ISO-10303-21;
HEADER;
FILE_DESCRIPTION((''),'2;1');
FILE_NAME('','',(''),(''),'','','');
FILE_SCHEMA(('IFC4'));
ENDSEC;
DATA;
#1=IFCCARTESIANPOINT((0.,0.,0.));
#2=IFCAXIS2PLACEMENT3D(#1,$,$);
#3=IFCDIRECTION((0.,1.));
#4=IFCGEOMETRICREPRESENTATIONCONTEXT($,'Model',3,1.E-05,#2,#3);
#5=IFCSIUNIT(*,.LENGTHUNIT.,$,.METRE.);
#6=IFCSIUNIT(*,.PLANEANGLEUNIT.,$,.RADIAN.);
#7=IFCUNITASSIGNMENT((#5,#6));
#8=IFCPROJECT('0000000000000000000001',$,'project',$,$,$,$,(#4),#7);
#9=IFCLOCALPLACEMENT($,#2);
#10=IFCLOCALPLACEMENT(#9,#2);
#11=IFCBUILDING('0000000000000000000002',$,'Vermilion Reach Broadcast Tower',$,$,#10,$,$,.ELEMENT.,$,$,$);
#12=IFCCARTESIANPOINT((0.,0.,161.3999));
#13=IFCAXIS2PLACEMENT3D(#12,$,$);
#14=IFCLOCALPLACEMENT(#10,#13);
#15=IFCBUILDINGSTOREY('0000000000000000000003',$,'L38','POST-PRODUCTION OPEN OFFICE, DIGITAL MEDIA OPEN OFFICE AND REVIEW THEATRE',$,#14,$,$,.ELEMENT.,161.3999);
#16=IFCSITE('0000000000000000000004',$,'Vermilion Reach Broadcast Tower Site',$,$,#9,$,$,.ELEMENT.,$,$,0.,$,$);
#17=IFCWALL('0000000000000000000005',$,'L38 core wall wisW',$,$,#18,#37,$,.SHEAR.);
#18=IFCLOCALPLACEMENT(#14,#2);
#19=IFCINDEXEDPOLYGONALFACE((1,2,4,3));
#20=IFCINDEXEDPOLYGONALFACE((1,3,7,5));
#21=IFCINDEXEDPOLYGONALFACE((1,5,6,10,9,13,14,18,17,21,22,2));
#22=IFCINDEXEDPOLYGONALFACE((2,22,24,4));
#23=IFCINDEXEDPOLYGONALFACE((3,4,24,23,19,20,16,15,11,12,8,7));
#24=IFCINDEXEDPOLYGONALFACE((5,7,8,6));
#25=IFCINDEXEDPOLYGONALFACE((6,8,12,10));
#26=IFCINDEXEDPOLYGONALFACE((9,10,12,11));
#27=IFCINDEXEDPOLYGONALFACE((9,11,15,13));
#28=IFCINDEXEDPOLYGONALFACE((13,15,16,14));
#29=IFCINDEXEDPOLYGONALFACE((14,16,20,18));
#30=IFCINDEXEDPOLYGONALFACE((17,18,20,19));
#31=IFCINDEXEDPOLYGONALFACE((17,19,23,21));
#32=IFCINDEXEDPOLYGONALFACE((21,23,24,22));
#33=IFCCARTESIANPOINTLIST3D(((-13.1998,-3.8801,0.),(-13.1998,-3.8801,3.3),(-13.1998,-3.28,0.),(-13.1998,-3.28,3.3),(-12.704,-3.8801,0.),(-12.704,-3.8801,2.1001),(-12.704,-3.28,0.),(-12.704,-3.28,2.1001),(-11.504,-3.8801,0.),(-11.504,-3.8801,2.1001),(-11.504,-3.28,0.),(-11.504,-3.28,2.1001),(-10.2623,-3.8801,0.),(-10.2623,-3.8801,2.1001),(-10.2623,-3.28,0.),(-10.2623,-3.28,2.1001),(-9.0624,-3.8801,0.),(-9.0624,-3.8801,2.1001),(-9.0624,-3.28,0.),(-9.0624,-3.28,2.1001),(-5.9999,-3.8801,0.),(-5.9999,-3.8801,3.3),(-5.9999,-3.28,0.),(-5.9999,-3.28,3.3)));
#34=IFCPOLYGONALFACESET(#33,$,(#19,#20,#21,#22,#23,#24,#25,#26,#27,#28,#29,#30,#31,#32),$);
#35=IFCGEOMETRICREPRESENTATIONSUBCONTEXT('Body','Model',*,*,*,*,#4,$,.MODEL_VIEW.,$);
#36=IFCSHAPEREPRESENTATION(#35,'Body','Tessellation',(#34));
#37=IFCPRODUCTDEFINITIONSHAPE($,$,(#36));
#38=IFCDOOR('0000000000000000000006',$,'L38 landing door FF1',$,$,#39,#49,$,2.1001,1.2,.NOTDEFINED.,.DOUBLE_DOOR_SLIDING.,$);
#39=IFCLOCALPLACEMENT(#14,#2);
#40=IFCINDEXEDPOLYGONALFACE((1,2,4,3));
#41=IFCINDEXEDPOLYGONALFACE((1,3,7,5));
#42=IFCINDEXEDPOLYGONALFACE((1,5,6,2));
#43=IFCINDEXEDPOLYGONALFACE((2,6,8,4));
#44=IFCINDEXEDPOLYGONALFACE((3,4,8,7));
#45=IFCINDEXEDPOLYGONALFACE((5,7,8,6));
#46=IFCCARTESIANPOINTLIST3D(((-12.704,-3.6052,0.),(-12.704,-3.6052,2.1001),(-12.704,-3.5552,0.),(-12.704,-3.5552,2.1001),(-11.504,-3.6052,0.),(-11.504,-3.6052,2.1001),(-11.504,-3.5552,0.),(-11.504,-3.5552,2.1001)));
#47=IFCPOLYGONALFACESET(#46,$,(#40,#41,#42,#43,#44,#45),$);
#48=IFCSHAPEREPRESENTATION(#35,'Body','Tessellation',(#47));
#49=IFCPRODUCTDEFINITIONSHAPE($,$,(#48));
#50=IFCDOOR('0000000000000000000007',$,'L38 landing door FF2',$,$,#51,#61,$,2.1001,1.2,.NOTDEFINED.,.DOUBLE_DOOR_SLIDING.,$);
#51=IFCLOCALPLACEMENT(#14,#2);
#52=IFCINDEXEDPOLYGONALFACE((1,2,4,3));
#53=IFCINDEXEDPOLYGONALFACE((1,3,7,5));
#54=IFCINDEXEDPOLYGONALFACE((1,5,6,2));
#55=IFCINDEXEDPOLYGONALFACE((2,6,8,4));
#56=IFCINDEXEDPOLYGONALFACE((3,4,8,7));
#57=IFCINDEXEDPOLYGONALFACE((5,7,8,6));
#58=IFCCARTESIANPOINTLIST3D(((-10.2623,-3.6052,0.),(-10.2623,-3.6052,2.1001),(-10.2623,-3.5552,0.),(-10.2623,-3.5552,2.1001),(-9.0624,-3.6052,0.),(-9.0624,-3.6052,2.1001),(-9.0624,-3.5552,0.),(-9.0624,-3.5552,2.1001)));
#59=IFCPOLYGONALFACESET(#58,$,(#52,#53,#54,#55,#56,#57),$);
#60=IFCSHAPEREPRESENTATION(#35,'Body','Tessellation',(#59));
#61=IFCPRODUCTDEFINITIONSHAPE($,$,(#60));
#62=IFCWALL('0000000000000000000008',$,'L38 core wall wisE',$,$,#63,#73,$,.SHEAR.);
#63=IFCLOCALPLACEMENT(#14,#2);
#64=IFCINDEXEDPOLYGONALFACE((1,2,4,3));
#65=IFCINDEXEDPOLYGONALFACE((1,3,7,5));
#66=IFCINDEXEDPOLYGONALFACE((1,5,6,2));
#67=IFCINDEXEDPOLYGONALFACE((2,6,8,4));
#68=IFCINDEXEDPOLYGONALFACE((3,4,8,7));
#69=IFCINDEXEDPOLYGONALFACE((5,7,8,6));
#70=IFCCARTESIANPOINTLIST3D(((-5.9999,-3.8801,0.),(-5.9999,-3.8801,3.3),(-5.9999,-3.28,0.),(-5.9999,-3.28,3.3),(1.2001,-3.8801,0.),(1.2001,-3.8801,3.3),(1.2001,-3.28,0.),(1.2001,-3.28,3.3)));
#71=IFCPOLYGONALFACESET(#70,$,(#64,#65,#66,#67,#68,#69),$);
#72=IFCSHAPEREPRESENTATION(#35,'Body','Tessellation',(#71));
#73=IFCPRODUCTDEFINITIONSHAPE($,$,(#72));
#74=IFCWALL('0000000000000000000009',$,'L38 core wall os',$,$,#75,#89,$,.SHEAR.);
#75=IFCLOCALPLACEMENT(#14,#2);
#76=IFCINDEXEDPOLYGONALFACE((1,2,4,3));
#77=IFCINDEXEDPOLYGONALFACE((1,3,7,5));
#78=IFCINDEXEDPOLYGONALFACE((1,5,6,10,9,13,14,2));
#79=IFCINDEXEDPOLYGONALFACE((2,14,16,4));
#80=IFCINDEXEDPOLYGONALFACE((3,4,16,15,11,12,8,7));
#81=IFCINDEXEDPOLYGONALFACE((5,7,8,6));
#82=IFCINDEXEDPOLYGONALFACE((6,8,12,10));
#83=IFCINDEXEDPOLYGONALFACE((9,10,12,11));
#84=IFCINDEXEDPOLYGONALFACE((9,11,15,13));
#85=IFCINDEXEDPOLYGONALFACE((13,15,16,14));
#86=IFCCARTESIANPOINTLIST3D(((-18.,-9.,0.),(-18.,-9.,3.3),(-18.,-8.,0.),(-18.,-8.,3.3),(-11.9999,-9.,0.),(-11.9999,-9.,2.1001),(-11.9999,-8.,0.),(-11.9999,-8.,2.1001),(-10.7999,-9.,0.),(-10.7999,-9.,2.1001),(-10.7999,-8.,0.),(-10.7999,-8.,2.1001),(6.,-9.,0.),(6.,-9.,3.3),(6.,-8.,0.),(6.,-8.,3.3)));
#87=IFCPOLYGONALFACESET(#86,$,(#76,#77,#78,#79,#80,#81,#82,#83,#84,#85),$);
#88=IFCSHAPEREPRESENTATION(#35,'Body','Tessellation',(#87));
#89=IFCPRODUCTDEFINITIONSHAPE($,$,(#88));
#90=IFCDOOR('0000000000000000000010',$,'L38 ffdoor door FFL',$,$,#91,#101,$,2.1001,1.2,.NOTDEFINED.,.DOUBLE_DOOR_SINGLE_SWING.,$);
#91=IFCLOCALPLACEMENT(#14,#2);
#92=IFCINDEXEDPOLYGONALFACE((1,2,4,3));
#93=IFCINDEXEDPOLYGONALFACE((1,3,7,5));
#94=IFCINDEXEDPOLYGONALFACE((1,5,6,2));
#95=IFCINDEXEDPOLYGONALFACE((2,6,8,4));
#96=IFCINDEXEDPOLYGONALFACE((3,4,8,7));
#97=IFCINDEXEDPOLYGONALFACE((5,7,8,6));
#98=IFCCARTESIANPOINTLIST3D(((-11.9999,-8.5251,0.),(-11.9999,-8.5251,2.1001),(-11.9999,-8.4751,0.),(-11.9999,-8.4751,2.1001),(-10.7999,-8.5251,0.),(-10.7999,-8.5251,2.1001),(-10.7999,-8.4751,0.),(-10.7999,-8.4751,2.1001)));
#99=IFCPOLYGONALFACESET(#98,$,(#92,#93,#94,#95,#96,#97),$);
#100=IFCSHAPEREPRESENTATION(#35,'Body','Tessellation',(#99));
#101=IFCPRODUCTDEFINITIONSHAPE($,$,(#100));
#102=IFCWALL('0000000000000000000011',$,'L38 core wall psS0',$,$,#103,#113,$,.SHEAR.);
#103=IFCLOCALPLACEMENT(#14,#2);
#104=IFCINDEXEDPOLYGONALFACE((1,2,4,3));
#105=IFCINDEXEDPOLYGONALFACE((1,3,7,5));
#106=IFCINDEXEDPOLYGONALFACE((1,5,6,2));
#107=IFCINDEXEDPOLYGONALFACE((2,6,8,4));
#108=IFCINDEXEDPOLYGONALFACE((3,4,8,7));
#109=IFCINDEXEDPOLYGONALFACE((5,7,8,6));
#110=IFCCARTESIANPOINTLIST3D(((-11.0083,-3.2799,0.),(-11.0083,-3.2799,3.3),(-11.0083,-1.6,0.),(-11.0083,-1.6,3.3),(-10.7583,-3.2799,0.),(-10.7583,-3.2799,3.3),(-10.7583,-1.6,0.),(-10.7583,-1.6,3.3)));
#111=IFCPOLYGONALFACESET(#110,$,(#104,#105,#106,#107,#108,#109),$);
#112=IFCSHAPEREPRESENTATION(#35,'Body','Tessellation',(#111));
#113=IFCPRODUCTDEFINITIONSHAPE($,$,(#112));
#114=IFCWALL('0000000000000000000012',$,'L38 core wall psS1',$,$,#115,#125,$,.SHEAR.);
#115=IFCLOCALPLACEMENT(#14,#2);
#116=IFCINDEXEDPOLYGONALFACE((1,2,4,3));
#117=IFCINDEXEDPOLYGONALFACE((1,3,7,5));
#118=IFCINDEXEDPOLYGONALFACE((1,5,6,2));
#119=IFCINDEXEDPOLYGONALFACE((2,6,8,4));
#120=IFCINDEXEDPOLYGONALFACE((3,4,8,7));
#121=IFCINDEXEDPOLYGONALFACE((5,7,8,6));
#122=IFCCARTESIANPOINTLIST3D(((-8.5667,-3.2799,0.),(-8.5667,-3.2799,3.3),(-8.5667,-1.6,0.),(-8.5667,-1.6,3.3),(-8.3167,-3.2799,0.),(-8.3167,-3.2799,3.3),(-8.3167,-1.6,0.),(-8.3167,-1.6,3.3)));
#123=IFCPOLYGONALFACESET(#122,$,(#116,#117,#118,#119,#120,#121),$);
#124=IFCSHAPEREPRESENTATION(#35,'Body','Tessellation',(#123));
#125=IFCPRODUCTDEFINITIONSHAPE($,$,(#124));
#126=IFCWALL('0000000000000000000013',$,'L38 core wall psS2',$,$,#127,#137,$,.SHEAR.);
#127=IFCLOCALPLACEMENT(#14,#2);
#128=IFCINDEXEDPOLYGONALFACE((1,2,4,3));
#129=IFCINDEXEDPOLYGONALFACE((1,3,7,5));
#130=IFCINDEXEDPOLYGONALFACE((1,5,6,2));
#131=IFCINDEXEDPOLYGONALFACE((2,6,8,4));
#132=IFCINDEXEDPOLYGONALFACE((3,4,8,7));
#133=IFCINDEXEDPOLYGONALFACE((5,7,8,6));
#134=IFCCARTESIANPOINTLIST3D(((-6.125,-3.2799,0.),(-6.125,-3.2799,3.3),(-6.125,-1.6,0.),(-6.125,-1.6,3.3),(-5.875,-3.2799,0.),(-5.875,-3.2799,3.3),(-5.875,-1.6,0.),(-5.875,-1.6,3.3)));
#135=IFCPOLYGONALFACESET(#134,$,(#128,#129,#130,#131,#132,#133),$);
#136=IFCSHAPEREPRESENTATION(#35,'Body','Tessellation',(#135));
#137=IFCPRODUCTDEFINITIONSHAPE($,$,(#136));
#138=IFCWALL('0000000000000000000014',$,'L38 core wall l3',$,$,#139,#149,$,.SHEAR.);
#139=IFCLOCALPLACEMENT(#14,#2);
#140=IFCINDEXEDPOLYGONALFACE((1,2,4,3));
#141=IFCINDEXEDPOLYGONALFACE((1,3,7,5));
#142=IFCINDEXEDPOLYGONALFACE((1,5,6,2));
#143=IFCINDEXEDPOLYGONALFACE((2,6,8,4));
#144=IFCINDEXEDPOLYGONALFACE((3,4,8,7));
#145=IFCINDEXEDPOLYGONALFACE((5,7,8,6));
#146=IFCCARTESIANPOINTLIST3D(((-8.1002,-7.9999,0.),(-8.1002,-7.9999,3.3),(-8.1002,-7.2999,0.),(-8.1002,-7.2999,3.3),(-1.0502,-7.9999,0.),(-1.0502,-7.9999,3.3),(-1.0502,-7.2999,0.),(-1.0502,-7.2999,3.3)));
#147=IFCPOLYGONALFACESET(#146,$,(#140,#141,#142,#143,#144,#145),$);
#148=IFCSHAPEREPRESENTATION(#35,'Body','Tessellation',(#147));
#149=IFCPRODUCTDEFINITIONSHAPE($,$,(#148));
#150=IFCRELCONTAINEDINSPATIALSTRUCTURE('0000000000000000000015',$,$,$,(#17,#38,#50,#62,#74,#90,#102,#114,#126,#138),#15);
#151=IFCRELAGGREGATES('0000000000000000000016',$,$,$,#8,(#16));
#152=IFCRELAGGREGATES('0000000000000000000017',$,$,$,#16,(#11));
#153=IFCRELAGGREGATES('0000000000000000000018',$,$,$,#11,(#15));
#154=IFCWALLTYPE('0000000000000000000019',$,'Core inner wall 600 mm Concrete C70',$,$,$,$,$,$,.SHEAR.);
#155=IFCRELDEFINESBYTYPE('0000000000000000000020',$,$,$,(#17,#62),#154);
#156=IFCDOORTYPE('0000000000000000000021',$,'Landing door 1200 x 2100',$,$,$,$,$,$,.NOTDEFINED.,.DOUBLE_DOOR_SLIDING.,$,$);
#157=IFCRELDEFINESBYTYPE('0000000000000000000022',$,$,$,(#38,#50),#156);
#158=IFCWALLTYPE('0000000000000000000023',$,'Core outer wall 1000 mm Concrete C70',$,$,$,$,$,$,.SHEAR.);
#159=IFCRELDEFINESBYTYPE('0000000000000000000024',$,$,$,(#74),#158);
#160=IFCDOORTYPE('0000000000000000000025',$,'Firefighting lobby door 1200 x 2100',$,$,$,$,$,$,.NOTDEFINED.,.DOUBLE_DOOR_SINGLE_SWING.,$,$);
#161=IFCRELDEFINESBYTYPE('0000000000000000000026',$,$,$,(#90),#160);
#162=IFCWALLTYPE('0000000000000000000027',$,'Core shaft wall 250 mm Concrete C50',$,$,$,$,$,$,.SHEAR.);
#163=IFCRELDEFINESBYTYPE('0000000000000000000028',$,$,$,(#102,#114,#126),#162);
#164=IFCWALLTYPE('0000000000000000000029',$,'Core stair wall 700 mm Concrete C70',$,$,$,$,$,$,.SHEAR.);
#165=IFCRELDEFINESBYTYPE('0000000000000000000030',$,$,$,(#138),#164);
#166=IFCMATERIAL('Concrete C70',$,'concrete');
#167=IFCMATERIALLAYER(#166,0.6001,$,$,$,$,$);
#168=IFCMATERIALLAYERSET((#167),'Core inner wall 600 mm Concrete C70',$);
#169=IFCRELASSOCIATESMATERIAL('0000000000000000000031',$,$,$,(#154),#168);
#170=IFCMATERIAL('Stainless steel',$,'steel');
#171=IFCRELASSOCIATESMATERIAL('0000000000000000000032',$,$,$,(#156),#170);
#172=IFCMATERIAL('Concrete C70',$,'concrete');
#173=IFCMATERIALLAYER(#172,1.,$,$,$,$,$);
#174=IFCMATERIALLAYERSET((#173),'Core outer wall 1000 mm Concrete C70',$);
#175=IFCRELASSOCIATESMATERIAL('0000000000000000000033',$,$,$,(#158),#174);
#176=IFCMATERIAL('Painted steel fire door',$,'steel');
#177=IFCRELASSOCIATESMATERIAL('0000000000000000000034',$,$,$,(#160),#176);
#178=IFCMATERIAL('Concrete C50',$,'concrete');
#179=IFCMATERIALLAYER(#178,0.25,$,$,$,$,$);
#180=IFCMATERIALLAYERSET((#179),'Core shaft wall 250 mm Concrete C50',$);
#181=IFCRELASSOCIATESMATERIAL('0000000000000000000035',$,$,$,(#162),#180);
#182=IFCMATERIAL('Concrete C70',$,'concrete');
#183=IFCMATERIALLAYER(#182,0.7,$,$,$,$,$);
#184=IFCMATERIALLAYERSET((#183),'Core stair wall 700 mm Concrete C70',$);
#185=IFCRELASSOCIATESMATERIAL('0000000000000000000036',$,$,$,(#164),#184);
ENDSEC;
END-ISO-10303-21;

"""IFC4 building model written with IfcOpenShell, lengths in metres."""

from ifc_helpers import new_model, si_unit, direction, frame, frame_2d, origin, place, context, subcontext, project, spatial, rectangle, extrude, material, layer, layer_set, type_object, element, fill, save


model = new_model("IFC4")

# Units and contexts
model_context = context("Model", 3, precision=1e-05, world=origin(), true_north=direction((0.0, 1.0)))
body_context = subcontext(model_context, "Body", "Model", "MODEL_VIEW")
ifc_project = project(units=[si_unit("LENGTHUNIT", "METRE"), si_unit("PLANEANGLEUNIT", "RADIAN")], contexts=[model_context])

# Site, building, storey
site_placement = place(None, origin())
site = spatial("IfcSite", under=ifc_project, at=site_placement, Name="Vermilion Reach Broadcast Tower Site", CompositionType="ELEMENT", RefElevation=0.0)
building_placement = place(site_placement, origin())
building = spatial("IfcBuilding", under=site, at=building_placement, Name="Vermilion Reach Broadcast Tower", CompositionType="ELEMENT")
storey_placement = place(building_placement, frame((0.0, 0.0, 161.3999)))
storey = spatial("IfcBuildingStorey", under=building, at=storey_placement, Name="L38", Description="POST-PRODUCTION OPEN OFFICE, DIGITAL MEDIA OPEN OFFICE AND REVIEW THEATRE", CompositionType="ELEMENT", Elevation=161.3999)

# Wall, openings, doors
ifc_material_1 = material(Name="Concrete C70", Category="concrete")
ifc_layer_1 = layer(ifc_material_1, 0.6001)
ifc_layer_set_1 = layer_set([ifc_layer_1], Name="Core inner wall 600 mm Concrete C70")
wall_type_1 = type_object("IfcWallType", Name="Core inner wall 600 mm Concrete C70", PredefinedType="SHEAR", material=ifc_layer_set_1)
wall_1_placement = place(storey_placement, frame((-13.2, -3.5801, 0.0), z_axis=(0.0, 0.0, 1.0), x_axis=(1.0, 0.0, 0.0)))
wall_1 = element("IfcWall", 1, at=wall_1_placement, inside=storey, type_object=wall_type_1, Name="L38 core wall wisW", PredefinedType="SHEAR", context=body_context, shape_type="SweptSolid", body=[
    extrude(rectangle(XDim=7.2, YDim=0.6001, at=frame_2d((3.6001, 0.0))), origin(), (0.0, 0.0, 1.0), 3.3),
])
opening_1_placement = place(wall_1_placement, frame((0.4958, 0.0, 0.0)))
opening_1 = element("IfcOpeningElement", 2, at=opening_1_placement, cuts=wall_1, PredefinedType="OPENING", context=body_context, shape_type="SweptSolid", body=[
    extrude(rectangle(XDim=1.2, YDim=2.1001, at=frame_2d((0.6001, 1.05))), frame((0.0, 0.3101, 0.0), z_axis=(0.0, -1.0, 0.0), x_axis=(1.0, 0.0, 0.0)), (0.0, 0.0, 1.0), 0.6201),
])
opening_2_placement = place(wall_1_placement, frame((2.9375, 0.0, 0.0)))
opening_2 = element("IfcOpeningElement", 3, at=opening_2_placement, cuts=wall_1, PredefinedType="OPENING", context=body_context, shape_type="SweptSolid", body=[
    extrude(rectangle(XDim=1.2, YDim=2.1001, at=frame_2d((0.6001, 1.05))), frame((0.0, 0.3101, 0.0), z_axis=(0.0, -1.0, 0.0), x_axis=(1.0, 0.0, 0.0)), (0.0, 0.0, 1.0), 0.6201),
])
ifc_material_2 = material(Name="Stainless steel", Category="steel")
door_type_1 = type_object("IfcDoorType", Name="Landing door 1200 x 2100", OperationType="DOUBLE_DOOR_SLIDING", PredefinedType="NOTDEFINED", material=ifc_material_2)
door_1_placement = place(opening_1_placement, origin())
door_1 = element("IfcDoor", 4, at=door_1_placement, inside=storey, type_object=door_type_1, Name="L38 landing door FF1", OperationType="DOUBLE_DOOR_SLIDING", OverallHeight=2.1001, OverallWidth=1.2, PredefinedType="NOTDEFINED", context=body_context, shape_type="SweptSolid", body=[
    extrude(rectangle(XDim=1.2, YDim=2.1001, at=frame_2d((0.6001, 1.05))), frame((0.0, 0.0249, 0.0), z_axis=(0.0, -1.0, 0.0), x_axis=(1.0, 0.0, 0.0)), (0.0, 0.0, 1.0), 0.05),
])
fill(opening_1, door_1)
door_2_placement = place(opening_2_placement, origin())
door_2 = element("IfcDoor", 5, at=door_2_placement, inside=storey, type_object=door_type_1, Name="L38 landing door FF2", OperationType="DOUBLE_DOOR_SLIDING", OverallHeight=2.1001, OverallWidth=1.2, PredefinedType="NOTDEFINED", context=body_context, shape_type="SweptSolid", body=[
    extrude(rectangle(XDim=1.2, YDim=2.1001, at=frame_2d((0.6001, 1.05))), frame((0.0, 0.0249, 0.0), z_axis=(0.0, -1.0, 0.0), x_axis=(1.0, 0.0, 0.0)), (0.0, 0.0, 1.0), 0.05),
])
fill(opening_2, door_2)

# Wall
wall_2_placement = place(storey_placement, frame((-6.0, -3.5801, 0.0), z_axis=(0.0, 0.0, 1.0), x_axis=(1.0, 0.0, 0.0)))
element("IfcWall", 6, at=wall_2_placement, inside=storey, type_object=wall_type_1, Name="L38 core wall wisE", PredefinedType="SHEAR", context=body_context, shape_type="SweptSolid", body=[
    extrude(rectangle(XDim=7.2, YDim=0.6001, at=frame_2d((3.6001, 0.0))), origin(), (0.0, 0.0, 1.0), 3.3),
])

# Wall, opening, door
ifc_material_3 = material(Name="Concrete C70", Category="concrete")
ifc_layer_2 = layer(ifc_material_3, 1.0)
ifc_layer_set_2 = layer_set([ifc_layer_2], Name="Core outer wall 1000 mm Concrete C70")
wall_type_2 = type_object("IfcWallType", Name="Core outer wall 1000 mm Concrete C70", PredefinedType="SHEAR", material=ifc_layer_set_2)
wall_3_placement = place(storey_placement, frame((-18.0, -8.5, 0.0), z_axis=(0.0, 0.0, 1.0), x_axis=(1.0, 0.0, 0.0)))
wall_3 = element("IfcWall", 7, at=wall_3_placement, inside=storey, type_object=wall_type_2, Name="L38 core wall os", PredefinedType="SHEAR", context=body_context, shape_type="SweptSolid", body=[
    extrude(rectangle(XDim=24.0, YDim=1.0, at=frame_2d((12.0, 0.0))), origin(), (0.0, 0.0, 1.0), 3.3),
])
opening_3_placement = place(wall_3_placement, frame((6.0, 0.0, 0.0)))
opening_3 = element("IfcOpeningElement", 8, at=opening_3_placement, cuts=wall_3, PredefinedType="OPENING", context=body_context, shape_type="SweptSolid", body=[
    extrude(rectangle(XDim=1.2, YDim=2.1001, at=frame_2d((0.6001, 1.05))), frame((0.0, 0.51, 0.0), z_axis=(0.0, -1.0, 0.0), x_axis=(1.0, 0.0, 0.0)), (0.0, 0.0, 1.0), 1.02),
])
ifc_material_4 = material(Name="Painted steel fire door", Category="steel")
door_type_2 = type_object("IfcDoorType", Name="Firefighting lobby door 1200 x 2100", OperationType="DOUBLE_DOOR_SINGLE_SWING", PredefinedType="NOTDEFINED", material=ifc_material_4)
door_3_placement = place(opening_3_placement, origin())
door_3 = element("IfcDoor", 9, at=door_3_placement, inside=storey, type_object=door_type_2, Name="L38 ffdoor door FFL", OperationType="DOUBLE_DOOR_SINGLE_SWING", OverallHeight=2.1001, OverallWidth=1.2, PredefinedType="NOTDEFINED", context=body_context, shape_type="SweptSolid", body=[
    extrude(rectangle(XDim=1.2, YDim=2.1001, at=frame_2d((0.6001, 1.05))), frame((0.0, 0.0249, 0.0), z_axis=(0.0, -1.0, 0.0), x_axis=(1.0, 0.0, 0.0)), (0.0, 0.0, 1.0), 0.05),
])
fill(opening_3, door_3)

# Walls
ifc_material_5 = material(Name="Concrete C50", Category="concrete")
ifc_layer_3 = layer(ifc_material_5, 0.25)
ifc_layer_set_3 = layer_set([ifc_layer_3], Name="Core shaft wall 250 mm Concrete C50")
wall_type_3 = type_object("IfcWallType", Name="Core shaft wall 250 mm Concrete C50", PredefinedType="SHEAR", material=ifc_layer_set_3)
for number, where, z_axis, x_axis, name in (
    (10, (-10.8833, -1.6001, 0.0), (0.0, 0.0, 1.0), (0.0, -1.0, 0.0), "L38 core wall psS0"),
    (11, (-8.4417, -1.6001, 0.0), (0.0, 0.0, 1.0), (0.0, -1.0, 0.0), "L38 core wall psS1"),
    (12, (-6.0, -1.6001, 0.0), (0.0, 0.0, 1.0), (0.0, -1.0, 0.0), "L38 core wall psS2"),
):
    element("IfcWall", number, at=place(storey_placement, frame(where, z_axis=z_axis, x_axis=x_axis)), inside=storey, type_object=wall_type_3, Name=name, PredefinedType="SHEAR", context=body_context, shape_type="SweptSolid", body=[
        extrude(rectangle(XDim=1.6799, YDim=0.25, at=frame_2d((0.8398, 0.0))), origin(), (0.0, 0.0, 1.0), 3.3),
    ])
ifc_material_6 = material(Name="Concrete C70", Category="concrete")
ifc_layer_4 = layer(ifc_material_6, 0.7)
ifc_layer_set_4 = layer_set([ifc_layer_4], Name="Core stair wall 700 mm Concrete C70")
wall_type_4 = type_object("IfcWallType", Name="Core stair wall 700 mm Concrete C70", PredefinedType="SHEAR", material=ifc_layer_set_4)
wall_4_placement = place(storey_placement, frame((-8.1001, -7.6499, 0.0), z_axis=(0.0, 0.0, 1.0), x_axis=(1.0, 0.0, 0.0)))
element("IfcWall", 13, at=wall_4_placement, inside=storey, type_object=wall_type_4, Name="L38 core wall l3", PredefinedType="SHEAR", context=body_context, shape_type="SweptSolid", body=[
    extrude(rectangle(XDim=7.05, YDim=0.7, at=frame_2d((3.5249, 0.0))), origin(), (0.0, 0.0, 1.0), 3.3),
])

save(model, "model.ifc")
